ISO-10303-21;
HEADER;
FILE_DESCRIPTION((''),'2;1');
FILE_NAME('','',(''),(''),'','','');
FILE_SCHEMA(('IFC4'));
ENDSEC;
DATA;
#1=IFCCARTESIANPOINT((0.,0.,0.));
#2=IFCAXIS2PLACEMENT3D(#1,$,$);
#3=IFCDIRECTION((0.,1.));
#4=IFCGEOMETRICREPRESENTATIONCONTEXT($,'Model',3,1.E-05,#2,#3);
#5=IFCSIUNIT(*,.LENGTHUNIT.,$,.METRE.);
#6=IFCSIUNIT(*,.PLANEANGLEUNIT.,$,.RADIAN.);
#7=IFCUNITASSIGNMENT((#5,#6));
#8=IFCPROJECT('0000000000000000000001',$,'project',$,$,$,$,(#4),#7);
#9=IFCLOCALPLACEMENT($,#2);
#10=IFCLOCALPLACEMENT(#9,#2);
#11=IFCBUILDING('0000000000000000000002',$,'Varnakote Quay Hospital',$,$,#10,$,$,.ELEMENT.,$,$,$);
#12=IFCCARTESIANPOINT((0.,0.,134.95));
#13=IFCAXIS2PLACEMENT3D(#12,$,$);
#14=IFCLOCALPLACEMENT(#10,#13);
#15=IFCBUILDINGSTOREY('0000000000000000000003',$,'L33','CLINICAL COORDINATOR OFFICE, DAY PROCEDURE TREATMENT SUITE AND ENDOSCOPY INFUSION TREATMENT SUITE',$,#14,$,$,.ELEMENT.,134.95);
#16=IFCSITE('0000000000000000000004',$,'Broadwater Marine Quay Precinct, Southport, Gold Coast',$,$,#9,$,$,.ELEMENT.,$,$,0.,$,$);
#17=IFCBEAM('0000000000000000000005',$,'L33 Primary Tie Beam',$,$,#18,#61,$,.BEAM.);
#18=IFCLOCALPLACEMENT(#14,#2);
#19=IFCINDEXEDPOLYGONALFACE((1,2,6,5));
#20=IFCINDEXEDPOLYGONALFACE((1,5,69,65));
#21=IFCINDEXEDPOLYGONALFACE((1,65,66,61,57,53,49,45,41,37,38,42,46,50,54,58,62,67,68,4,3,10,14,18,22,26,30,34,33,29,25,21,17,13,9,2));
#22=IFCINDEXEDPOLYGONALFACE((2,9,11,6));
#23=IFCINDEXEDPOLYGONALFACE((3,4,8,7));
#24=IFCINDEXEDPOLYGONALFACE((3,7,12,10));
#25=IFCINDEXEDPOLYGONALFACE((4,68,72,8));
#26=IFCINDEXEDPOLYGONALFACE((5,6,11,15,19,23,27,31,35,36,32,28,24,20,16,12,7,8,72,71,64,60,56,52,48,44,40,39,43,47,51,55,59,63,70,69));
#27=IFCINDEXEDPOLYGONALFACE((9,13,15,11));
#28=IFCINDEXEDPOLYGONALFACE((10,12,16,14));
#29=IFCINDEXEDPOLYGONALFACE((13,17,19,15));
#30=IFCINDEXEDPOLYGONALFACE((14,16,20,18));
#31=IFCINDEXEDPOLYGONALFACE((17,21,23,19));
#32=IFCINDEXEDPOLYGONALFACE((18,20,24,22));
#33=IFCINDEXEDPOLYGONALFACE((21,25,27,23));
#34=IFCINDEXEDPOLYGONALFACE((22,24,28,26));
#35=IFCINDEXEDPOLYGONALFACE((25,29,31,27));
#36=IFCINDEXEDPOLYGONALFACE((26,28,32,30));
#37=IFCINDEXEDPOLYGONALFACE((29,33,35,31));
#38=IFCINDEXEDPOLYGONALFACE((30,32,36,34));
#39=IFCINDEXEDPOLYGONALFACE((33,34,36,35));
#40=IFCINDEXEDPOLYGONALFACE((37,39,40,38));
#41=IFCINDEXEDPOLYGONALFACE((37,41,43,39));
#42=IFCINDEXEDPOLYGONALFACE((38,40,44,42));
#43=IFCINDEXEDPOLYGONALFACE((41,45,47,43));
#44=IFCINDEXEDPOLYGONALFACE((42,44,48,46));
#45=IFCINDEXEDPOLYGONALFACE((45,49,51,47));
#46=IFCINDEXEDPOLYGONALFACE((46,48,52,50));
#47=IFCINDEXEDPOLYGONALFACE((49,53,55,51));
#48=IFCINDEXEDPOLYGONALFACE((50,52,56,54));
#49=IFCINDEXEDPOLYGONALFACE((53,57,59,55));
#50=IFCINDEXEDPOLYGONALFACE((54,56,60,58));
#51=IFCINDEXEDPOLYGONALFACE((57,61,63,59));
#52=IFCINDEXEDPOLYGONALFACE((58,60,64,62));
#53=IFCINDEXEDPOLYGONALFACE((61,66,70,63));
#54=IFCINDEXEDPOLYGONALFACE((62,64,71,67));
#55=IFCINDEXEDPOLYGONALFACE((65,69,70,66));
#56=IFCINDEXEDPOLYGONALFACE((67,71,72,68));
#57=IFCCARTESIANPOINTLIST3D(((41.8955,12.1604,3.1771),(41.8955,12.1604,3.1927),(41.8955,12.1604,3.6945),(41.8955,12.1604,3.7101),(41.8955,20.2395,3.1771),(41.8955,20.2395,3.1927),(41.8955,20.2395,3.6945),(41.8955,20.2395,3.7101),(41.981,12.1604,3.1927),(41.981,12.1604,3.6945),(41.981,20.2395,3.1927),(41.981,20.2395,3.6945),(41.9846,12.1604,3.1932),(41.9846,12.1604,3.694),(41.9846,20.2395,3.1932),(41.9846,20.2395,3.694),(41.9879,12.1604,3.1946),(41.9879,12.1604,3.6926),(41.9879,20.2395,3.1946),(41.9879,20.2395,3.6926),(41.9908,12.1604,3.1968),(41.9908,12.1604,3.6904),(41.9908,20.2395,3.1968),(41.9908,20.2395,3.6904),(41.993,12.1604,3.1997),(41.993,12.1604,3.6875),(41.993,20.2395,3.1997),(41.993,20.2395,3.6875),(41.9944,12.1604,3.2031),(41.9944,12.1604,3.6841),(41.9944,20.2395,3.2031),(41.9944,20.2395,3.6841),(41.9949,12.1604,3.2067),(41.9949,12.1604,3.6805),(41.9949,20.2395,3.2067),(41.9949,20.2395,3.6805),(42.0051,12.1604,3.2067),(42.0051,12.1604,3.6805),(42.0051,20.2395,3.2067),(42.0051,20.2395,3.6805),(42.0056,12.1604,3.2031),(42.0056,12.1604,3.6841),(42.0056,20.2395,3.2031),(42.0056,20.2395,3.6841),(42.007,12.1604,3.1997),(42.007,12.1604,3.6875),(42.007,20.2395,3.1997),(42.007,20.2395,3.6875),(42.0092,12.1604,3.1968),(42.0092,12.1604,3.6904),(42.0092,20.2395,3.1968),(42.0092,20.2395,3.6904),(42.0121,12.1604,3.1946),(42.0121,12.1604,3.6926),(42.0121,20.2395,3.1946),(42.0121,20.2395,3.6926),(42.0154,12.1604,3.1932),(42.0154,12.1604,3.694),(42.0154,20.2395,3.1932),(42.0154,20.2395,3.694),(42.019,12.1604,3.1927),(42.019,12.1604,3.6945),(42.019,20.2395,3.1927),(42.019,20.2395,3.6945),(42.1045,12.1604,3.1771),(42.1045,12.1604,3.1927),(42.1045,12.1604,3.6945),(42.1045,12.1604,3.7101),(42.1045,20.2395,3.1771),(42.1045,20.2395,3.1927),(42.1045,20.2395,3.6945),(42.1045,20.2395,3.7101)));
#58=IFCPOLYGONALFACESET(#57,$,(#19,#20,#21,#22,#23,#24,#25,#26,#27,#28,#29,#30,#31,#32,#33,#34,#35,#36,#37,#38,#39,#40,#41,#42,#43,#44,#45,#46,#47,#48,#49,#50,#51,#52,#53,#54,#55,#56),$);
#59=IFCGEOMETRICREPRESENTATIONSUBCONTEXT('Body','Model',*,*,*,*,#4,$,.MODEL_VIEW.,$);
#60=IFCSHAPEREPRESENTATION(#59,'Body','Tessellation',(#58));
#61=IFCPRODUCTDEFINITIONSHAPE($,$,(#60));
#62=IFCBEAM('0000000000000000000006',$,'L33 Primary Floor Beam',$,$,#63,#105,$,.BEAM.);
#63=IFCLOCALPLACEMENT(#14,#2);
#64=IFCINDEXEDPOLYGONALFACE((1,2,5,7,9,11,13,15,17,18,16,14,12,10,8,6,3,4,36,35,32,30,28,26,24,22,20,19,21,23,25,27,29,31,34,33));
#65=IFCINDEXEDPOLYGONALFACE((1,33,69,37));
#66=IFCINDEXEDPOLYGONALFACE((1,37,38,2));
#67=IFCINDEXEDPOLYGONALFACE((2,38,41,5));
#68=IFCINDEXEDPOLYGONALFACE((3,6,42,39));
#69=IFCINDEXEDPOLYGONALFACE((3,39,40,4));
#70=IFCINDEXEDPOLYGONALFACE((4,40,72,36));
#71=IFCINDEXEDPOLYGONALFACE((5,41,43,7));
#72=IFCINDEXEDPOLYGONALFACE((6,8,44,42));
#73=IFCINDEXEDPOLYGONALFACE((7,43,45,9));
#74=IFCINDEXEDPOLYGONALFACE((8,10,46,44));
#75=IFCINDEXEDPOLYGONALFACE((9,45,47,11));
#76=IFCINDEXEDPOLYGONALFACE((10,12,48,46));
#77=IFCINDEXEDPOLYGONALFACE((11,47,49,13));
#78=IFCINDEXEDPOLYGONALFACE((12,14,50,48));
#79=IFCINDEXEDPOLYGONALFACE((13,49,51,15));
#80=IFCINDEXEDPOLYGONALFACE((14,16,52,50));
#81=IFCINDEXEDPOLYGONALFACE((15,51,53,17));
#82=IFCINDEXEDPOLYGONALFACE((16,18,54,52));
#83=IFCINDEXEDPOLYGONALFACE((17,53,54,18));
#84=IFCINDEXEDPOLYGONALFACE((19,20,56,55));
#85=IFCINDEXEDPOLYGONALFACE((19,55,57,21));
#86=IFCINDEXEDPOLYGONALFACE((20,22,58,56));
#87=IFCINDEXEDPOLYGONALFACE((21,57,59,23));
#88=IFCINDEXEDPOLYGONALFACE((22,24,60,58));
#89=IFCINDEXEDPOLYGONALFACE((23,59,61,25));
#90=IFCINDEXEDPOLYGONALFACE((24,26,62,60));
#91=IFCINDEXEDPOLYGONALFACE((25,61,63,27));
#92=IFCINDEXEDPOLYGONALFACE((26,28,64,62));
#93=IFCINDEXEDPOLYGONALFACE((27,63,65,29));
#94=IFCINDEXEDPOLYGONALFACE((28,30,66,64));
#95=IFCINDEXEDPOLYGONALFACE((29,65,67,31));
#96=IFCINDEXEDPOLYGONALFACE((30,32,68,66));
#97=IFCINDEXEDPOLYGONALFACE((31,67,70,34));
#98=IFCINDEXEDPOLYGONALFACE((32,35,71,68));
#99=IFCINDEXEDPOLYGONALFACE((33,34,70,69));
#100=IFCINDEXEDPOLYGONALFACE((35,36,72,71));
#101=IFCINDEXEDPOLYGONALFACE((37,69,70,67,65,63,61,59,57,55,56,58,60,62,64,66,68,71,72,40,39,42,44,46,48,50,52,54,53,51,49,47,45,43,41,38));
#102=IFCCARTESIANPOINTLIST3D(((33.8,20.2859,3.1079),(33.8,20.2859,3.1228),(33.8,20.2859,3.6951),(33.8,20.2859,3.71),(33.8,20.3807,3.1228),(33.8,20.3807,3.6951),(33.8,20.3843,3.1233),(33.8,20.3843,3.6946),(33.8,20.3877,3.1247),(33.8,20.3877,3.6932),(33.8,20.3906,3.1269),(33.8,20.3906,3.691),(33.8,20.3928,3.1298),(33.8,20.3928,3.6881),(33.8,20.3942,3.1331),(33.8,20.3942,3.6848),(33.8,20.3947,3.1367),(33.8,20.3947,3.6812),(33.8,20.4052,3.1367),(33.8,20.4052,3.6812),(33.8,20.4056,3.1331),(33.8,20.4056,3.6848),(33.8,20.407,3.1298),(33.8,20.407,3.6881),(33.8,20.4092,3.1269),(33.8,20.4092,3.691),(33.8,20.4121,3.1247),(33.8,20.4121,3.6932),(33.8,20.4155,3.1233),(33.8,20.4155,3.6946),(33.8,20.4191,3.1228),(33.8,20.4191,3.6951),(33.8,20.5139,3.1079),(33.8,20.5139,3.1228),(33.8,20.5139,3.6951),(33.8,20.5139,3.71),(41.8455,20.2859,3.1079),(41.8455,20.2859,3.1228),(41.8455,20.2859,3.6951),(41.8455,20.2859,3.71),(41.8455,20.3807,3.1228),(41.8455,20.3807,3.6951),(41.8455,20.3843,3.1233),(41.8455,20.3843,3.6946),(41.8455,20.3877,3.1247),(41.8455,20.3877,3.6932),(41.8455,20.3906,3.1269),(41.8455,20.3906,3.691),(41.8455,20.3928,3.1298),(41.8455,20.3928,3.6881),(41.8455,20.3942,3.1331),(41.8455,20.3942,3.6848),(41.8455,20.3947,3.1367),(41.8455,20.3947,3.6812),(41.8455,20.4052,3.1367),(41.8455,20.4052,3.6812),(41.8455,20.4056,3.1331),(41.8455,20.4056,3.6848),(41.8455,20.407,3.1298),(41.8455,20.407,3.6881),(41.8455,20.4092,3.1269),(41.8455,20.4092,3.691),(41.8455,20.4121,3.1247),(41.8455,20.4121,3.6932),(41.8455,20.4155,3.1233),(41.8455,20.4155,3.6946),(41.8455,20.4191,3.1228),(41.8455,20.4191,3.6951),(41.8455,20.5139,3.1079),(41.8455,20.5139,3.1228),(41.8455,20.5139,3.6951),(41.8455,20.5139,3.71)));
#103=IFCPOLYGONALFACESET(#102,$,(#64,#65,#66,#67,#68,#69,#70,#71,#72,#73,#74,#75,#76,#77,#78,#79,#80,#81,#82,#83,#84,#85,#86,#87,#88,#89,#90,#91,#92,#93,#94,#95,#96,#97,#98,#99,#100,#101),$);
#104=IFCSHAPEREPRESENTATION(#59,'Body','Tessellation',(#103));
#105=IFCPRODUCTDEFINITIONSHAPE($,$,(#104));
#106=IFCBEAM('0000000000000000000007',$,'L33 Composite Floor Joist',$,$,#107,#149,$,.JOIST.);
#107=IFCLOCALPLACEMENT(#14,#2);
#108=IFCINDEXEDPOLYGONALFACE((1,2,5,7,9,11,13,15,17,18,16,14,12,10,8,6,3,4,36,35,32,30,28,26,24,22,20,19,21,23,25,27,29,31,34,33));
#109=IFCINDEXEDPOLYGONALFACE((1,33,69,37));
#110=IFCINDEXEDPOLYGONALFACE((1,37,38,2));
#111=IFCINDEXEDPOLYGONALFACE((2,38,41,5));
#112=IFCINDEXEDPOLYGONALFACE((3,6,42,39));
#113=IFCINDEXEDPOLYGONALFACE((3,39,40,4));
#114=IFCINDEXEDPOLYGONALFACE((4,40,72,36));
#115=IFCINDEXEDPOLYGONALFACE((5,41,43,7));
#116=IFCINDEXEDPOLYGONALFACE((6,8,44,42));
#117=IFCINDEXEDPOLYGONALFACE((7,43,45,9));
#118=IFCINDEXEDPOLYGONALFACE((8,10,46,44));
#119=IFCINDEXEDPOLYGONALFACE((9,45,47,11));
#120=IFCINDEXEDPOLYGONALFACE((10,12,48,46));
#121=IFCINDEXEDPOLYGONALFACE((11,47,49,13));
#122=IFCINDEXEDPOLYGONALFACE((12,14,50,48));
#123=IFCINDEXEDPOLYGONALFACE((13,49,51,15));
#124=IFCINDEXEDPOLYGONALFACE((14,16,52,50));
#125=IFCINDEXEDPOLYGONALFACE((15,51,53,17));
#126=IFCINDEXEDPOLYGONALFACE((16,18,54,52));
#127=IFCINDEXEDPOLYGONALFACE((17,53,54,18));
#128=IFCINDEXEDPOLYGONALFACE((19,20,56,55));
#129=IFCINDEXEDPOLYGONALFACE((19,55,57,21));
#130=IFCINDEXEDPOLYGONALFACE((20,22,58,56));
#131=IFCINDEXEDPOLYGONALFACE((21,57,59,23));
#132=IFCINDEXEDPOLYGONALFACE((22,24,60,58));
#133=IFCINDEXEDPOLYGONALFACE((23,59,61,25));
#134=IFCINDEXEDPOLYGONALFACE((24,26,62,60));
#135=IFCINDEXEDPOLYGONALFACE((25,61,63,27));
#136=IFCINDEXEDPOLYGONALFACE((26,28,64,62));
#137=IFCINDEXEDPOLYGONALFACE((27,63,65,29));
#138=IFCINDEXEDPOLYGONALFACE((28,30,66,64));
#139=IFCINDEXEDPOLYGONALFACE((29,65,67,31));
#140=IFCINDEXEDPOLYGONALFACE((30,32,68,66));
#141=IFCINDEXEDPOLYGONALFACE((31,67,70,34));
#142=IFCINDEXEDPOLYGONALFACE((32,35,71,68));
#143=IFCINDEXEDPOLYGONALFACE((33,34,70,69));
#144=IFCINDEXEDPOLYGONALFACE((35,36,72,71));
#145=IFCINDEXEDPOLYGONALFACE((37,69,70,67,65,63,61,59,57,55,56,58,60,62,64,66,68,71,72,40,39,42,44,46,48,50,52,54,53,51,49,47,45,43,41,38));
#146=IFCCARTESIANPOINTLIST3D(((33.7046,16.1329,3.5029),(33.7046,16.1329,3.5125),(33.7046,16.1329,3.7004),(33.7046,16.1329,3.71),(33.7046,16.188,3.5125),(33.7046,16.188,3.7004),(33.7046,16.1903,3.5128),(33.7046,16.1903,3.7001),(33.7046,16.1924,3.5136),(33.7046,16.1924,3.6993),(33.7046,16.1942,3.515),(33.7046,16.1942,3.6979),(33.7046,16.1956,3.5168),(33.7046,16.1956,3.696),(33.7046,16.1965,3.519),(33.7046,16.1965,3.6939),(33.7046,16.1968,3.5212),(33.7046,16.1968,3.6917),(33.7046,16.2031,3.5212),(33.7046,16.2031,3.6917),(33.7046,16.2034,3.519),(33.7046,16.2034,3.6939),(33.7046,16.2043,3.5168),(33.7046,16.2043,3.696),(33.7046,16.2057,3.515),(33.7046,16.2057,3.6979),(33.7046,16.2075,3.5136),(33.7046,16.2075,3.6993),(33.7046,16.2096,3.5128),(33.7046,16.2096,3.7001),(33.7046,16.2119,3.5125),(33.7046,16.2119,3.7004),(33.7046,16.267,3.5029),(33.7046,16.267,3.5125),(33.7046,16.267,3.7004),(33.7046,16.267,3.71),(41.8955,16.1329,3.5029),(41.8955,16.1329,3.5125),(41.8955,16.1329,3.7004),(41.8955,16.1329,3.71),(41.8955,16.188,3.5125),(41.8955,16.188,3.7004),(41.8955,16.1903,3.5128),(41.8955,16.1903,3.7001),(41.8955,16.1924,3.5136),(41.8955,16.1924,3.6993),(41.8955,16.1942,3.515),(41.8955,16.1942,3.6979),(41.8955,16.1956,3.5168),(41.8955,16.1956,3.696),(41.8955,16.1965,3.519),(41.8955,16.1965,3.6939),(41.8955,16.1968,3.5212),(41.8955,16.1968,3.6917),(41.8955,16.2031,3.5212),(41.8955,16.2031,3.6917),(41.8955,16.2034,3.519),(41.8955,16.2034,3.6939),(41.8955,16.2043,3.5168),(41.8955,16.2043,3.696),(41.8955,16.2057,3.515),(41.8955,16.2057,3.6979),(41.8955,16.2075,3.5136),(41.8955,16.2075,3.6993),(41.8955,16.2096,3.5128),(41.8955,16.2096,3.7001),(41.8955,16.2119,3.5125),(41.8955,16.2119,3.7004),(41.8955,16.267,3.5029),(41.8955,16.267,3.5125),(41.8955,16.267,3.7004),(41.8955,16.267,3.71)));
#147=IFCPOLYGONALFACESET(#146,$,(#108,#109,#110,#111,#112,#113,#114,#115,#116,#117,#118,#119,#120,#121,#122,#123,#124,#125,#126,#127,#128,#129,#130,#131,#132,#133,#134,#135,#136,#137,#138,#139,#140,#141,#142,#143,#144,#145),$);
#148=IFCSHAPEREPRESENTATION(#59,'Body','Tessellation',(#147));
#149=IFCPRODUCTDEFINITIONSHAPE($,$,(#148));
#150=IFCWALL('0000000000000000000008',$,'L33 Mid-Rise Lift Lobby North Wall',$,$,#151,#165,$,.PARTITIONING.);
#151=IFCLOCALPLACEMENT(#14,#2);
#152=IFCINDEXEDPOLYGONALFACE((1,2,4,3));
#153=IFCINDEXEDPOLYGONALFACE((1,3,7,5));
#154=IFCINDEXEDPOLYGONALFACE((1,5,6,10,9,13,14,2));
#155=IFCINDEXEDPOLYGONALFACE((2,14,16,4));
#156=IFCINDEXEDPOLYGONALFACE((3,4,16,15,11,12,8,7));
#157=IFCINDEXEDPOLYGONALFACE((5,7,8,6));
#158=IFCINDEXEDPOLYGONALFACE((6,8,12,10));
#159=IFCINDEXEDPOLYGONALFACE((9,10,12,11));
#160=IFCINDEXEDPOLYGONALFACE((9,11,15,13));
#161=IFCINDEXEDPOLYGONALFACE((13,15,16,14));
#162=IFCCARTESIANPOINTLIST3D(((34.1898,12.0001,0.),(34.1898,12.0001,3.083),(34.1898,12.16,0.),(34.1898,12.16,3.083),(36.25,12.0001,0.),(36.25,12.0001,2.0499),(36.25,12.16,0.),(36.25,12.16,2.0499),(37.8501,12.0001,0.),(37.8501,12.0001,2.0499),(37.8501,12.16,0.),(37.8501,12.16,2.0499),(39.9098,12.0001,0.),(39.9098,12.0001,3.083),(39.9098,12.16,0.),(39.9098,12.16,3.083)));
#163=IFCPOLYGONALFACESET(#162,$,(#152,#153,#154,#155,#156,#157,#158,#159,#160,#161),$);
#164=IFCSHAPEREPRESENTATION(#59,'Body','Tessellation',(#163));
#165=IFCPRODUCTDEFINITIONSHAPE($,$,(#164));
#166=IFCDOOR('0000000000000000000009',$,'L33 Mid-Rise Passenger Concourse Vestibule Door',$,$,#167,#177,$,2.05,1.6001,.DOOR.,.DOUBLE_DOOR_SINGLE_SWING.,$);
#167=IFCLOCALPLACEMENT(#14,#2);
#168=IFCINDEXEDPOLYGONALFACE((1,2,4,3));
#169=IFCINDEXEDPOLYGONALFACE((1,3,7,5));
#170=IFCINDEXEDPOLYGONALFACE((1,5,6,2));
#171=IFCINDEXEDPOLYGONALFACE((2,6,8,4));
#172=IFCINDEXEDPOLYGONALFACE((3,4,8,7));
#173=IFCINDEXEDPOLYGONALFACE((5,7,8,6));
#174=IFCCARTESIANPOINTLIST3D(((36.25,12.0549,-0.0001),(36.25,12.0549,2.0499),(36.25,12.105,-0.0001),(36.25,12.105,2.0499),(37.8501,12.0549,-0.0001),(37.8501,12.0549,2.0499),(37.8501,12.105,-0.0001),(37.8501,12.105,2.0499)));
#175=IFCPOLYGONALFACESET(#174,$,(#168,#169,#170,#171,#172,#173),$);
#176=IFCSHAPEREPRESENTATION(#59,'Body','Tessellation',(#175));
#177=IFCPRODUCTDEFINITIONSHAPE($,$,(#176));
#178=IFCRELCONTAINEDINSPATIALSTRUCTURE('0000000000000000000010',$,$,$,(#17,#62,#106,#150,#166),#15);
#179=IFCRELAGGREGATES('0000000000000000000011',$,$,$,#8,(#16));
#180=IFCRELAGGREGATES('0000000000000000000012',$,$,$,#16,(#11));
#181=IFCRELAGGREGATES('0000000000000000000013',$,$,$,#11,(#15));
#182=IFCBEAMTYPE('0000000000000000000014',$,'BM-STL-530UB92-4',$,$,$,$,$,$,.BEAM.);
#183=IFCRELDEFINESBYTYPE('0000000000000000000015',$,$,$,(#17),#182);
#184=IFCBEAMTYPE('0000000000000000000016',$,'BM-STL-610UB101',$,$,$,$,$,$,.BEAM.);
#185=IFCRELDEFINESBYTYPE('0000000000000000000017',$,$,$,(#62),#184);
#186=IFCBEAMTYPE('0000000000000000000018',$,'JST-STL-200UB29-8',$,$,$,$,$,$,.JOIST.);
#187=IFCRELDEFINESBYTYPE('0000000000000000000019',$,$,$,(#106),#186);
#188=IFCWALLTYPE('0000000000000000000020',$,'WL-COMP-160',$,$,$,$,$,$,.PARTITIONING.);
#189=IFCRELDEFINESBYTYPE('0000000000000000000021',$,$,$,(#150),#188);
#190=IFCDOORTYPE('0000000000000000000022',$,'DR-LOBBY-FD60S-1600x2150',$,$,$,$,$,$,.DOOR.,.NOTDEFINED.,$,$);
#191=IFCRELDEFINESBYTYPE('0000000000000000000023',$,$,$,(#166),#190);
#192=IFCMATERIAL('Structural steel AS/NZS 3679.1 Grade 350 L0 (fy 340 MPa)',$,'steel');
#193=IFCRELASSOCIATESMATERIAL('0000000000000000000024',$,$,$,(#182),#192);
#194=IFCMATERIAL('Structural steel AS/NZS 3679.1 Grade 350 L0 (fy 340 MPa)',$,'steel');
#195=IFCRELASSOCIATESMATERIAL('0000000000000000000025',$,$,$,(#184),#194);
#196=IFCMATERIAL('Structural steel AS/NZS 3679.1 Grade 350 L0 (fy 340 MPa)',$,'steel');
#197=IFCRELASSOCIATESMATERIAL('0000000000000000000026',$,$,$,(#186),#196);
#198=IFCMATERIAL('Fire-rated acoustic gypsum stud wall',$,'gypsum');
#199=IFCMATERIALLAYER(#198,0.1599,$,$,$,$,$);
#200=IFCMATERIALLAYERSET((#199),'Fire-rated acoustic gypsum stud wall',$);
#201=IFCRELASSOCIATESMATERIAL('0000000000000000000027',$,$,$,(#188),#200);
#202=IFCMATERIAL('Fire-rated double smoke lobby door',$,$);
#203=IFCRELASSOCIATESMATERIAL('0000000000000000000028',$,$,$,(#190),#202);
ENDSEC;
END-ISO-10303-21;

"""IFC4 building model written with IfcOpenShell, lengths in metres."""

from ifc_helpers import new_model, si_unit, direction, frame, frame_2d, origin, origin_2d, place, context, subcontext, project, spatial, rectangle, i_section, extrude, material, layer, layer_set, material_profile, profile_set, type_object, element, fill, save


model = new_model("IFC4")

# Units and contexts
model_context = context("Model", 3, precision=1e-05, world=origin(), true_north=direction((0.0, 1.0)))
body_context = subcontext(model_context, "Body", "Model", "MODEL_VIEW")
ifc_project = project(units=[si_unit("LENGTHUNIT", "METRE"), si_unit("PLANEANGLEUNIT", "RADIAN")], contexts=[model_context])

# Site, building, storey
site_placement = place(None, origin())
site = spatial("IfcSite", under=ifc_project, at=site_placement, Name="Broadwater Marine Quay Precinct, Southport, Gold Coast", CompositionType="ELEMENT", RefElevation=0.0)
building_placement = place(site_placement, origin())
building = spatial("IfcBuilding", under=site, at=building_placement, Name="Varnakote Quay Hospital", CompositionType="ELEMENT")
storey_placement = place(building_placement, frame((0.0, 0.0, 134.95)))
storey = spatial("IfcBuildingStorey", under=building, at=storey_placement, Name="L33", Description="CLINICAL COORDINATOR OFFICE, DAY PROCEDURE TREATMENT SUITE AND ENDOSCOPY INFUSION TREATMENT SUITE", CompositionType="ELEMENT", Elevation=134.95)

# Beams
ifc_material_1 = material(Name="Structural steel AS/NZS 3679.1 Grade 350 L0 (fy 340 MPa)", Category="steel")
ifc_material_profile_1 = material_profile(ifc_material_1, i_section(OverallWidth=0.209, OverallDepth=0.533, WebThickness=0.0103, FlangeThickness=0.0156, FilletRadius=0.0139, at=origin_2d()), Name="530UB92.4")
ifc_profile_set_1 = profile_set([ifc_material_profile_1], Name="Structural steel AS/NZS 3679.1 Grade 350 L0 (fy 340 MPa)")
beam_type_1 = type_object("IfcBeamType", Name="BM-STL-530UB92-4", PredefinedType="BEAM", material=ifc_profile_set_1)
beam_1_placement = place(storey_placement, frame((42.0, 12.1604, 3.4436), z_axis=(0.0, 1.0, 0.0), x_axis=(-1.0, 0.0, 0.0)))
element("IfcBeam", 1, at=beam_1_placement, inside=storey, type_object=beam_type_1, Name="L33 Primary Tie Beam", PredefinedType="BEAM", context=body_context, shape_type="SweptSolid", body=[
    extrude(i_section(OverallWidth=0.209, OverallDepth=0.533, WebThickness=0.0103, FlangeThickness=0.0156, FilletRadius=0.0139, at=origin_2d()), origin(), (0.0, 0.0, 1.0), 8.0791),
])
ifc_material_2 = material(Name="Structural steel AS/NZS 3679.1 Grade 350 L0 (fy 340 MPa)", Category="steel")
ifc_material_profile_2 = material_profile(ifc_material_2, i_section(OverallWidth=0.228, OverallDepth=0.6021, WebThickness=0.0105, FlangeThickness=0.0149, FilletRadius=0.0139, at=origin_2d()), Name="610UB101")
ifc_profile_set_2 = profile_set([ifc_material_profile_2], Name="Structural steel AS/NZS 3679.1 Grade 350 L0 (fy 340 MPa)")
beam_type_2 = type_object("IfcBeamType", Name="BM-STL-610UB101", PredefinedType="BEAM", material=ifc_profile_set_2)
beam_2_placement = place(storey_placement, frame((33.8, 20.3999, 3.4089), z_axis=(1.0, 0.0, 0.0), x_axis=(0.0, 1.0, 0.0)))
element("IfcBeam", 2, at=beam_2_placement, inside=storey, type_object=beam_type_2, Name="L33 Primary Floor Beam", PredefinedType="BEAM", context=body_context, shape_type="SweptSolid", body=[
    extrude(i_section(OverallWidth=0.228, OverallDepth=0.6021, WebThickness=0.0105, FlangeThickness=0.0149, FilletRadius=0.0139, at=origin_2d()), origin(), (0.0, 0.0, 1.0), 8.0454),
])
ifc_material_3 = material(Name="Structural steel AS/NZS 3679.1 Grade 350 L0 (fy 340 MPa)", Category="steel")
ifc_material_profile_3 = material_profile(ifc_material_3, i_section(OverallWidth=0.134, OverallDepth=0.207, WebThickness=0.0063, FlangeThickness=0.0095, FilletRadius=0.0088, at=origin_2d()), Name="200UB29.8")
ifc_profile_set_3 = profile_set([ifc_material_profile_3], Name="Structural steel AS/NZS 3679.1 Grade 350 L0 (fy 340 MPa)")
beam_type_3 = type_object("IfcBeamType", Name="JST-STL-200UB29-8", PredefinedType="JOIST", material=ifc_profile_set_3)
beam_3_placement = place(storey_placement, frame((33.7046, 16.2, 3.6064), z_axis=(1.0, 0.0, 0.0), x_axis=(0.0, 1.0, 0.0)))
element("IfcBeam", 3, at=beam_3_placement, inside=storey, type_object=beam_type_3, Name="L33 Composite Floor Joist", PredefinedType="JOIST", context=body_context, shape_type="SweptSolid", body=[
    extrude(i_section(OverallWidth=0.134, OverallDepth=0.207, WebThickness=0.0063, FlangeThickness=0.0095, FilletRadius=0.0088, at=origin_2d()), origin(), (0.0, 0.0, 1.0), 8.1909),
])

# Wall, opening, door
ifc_material_4 = material(Name="Fire-rated acoustic gypsum stud wall", Category="gypsum")
ifc_layer_1 = layer(ifc_material_4, 0.1599)
ifc_layer_set_1 = layer_set([ifc_layer_1], Name="Fire-rated acoustic gypsum stud wall")
wall_type_1 = type_object("IfcWallType", Name="WL-COMP-160", PredefinedType="PARTITIONING", material=ifc_layer_set_1)
wall_1_placement = place(storey_placement, frame((34.1899, 12.0801, 0.0), z_axis=(0.0, 0.0, 1.0), x_axis=(1.0, 0.0, 0.0)))
wall_1 = element("IfcWall", 4, at=wall_1_placement, inside=storey, type_object=wall_type_1, Name="L33 Mid-Rise Lift Lobby North Wall", PredefinedType="PARTITIONING", context=body_context, shape_type="SweptSolid", body=[
    extrude(rectangle(XDim=5.72, YDim=0.1599, at=frame_2d((2.8599, 0.0))), origin(), (0.0, 0.0, 1.0), 3.083),
])
opening_1_placement = place(wall_1_placement, frame((2.0601, 0.0, 0.0)))
opening_1 = element("IfcOpeningElement", 5, at=opening_1_placement, cuts=wall_1, PredefinedType="OPENING", context=body_context, shape_type="SweptSolid", body=[
    extrude(rectangle(XDim=1.6001, YDim=2.05, at=frame_2d((0.8, 1.0249))), frame((0.0, 0.0898, 0.0), z_axis=(0.0, -1.0, 0.0), x_axis=(1.0, 0.0, 0.0)), (0.0, 0.0, 1.0), 0.1799),
])
ifc_material_5 = material(Name="Fire-rated double smoke lobby door")
door_type_1 = type_object("IfcDoorType", Name="DR-LOBBY-FD60S-1600x2150", OperationType="NOTDEFINED", PredefinedType="DOOR", material=ifc_material_5)
door_1_placement = place(opening_1_placement, origin())
door_1 = element("IfcDoor", 6, at=door_1_placement, inside=storey, type_object=door_type_1, Name="L33 Mid-Rise Passenger Concourse Vestibule Door", OperationType="DOUBLE_DOOR_SINGLE_SWING", OverallHeight=2.05, OverallWidth=1.6001, PredefinedType="DOOR", context=body_context, shape_type="SweptSolid", body=[
    extrude(rectangle(XDim=1.6001, YDim=2.05, at=frame_2d((0.8, 1.0249))), frame((0.0, 0.0249, 0.0), z_axis=(0.0, -1.0, 0.0), x_axis=(1.0, 0.0, 0.0)), (0.0, 0.0, 1.0), 0.05),
])
fill(opening_1, door_1)

save(model, "model.ifc")
